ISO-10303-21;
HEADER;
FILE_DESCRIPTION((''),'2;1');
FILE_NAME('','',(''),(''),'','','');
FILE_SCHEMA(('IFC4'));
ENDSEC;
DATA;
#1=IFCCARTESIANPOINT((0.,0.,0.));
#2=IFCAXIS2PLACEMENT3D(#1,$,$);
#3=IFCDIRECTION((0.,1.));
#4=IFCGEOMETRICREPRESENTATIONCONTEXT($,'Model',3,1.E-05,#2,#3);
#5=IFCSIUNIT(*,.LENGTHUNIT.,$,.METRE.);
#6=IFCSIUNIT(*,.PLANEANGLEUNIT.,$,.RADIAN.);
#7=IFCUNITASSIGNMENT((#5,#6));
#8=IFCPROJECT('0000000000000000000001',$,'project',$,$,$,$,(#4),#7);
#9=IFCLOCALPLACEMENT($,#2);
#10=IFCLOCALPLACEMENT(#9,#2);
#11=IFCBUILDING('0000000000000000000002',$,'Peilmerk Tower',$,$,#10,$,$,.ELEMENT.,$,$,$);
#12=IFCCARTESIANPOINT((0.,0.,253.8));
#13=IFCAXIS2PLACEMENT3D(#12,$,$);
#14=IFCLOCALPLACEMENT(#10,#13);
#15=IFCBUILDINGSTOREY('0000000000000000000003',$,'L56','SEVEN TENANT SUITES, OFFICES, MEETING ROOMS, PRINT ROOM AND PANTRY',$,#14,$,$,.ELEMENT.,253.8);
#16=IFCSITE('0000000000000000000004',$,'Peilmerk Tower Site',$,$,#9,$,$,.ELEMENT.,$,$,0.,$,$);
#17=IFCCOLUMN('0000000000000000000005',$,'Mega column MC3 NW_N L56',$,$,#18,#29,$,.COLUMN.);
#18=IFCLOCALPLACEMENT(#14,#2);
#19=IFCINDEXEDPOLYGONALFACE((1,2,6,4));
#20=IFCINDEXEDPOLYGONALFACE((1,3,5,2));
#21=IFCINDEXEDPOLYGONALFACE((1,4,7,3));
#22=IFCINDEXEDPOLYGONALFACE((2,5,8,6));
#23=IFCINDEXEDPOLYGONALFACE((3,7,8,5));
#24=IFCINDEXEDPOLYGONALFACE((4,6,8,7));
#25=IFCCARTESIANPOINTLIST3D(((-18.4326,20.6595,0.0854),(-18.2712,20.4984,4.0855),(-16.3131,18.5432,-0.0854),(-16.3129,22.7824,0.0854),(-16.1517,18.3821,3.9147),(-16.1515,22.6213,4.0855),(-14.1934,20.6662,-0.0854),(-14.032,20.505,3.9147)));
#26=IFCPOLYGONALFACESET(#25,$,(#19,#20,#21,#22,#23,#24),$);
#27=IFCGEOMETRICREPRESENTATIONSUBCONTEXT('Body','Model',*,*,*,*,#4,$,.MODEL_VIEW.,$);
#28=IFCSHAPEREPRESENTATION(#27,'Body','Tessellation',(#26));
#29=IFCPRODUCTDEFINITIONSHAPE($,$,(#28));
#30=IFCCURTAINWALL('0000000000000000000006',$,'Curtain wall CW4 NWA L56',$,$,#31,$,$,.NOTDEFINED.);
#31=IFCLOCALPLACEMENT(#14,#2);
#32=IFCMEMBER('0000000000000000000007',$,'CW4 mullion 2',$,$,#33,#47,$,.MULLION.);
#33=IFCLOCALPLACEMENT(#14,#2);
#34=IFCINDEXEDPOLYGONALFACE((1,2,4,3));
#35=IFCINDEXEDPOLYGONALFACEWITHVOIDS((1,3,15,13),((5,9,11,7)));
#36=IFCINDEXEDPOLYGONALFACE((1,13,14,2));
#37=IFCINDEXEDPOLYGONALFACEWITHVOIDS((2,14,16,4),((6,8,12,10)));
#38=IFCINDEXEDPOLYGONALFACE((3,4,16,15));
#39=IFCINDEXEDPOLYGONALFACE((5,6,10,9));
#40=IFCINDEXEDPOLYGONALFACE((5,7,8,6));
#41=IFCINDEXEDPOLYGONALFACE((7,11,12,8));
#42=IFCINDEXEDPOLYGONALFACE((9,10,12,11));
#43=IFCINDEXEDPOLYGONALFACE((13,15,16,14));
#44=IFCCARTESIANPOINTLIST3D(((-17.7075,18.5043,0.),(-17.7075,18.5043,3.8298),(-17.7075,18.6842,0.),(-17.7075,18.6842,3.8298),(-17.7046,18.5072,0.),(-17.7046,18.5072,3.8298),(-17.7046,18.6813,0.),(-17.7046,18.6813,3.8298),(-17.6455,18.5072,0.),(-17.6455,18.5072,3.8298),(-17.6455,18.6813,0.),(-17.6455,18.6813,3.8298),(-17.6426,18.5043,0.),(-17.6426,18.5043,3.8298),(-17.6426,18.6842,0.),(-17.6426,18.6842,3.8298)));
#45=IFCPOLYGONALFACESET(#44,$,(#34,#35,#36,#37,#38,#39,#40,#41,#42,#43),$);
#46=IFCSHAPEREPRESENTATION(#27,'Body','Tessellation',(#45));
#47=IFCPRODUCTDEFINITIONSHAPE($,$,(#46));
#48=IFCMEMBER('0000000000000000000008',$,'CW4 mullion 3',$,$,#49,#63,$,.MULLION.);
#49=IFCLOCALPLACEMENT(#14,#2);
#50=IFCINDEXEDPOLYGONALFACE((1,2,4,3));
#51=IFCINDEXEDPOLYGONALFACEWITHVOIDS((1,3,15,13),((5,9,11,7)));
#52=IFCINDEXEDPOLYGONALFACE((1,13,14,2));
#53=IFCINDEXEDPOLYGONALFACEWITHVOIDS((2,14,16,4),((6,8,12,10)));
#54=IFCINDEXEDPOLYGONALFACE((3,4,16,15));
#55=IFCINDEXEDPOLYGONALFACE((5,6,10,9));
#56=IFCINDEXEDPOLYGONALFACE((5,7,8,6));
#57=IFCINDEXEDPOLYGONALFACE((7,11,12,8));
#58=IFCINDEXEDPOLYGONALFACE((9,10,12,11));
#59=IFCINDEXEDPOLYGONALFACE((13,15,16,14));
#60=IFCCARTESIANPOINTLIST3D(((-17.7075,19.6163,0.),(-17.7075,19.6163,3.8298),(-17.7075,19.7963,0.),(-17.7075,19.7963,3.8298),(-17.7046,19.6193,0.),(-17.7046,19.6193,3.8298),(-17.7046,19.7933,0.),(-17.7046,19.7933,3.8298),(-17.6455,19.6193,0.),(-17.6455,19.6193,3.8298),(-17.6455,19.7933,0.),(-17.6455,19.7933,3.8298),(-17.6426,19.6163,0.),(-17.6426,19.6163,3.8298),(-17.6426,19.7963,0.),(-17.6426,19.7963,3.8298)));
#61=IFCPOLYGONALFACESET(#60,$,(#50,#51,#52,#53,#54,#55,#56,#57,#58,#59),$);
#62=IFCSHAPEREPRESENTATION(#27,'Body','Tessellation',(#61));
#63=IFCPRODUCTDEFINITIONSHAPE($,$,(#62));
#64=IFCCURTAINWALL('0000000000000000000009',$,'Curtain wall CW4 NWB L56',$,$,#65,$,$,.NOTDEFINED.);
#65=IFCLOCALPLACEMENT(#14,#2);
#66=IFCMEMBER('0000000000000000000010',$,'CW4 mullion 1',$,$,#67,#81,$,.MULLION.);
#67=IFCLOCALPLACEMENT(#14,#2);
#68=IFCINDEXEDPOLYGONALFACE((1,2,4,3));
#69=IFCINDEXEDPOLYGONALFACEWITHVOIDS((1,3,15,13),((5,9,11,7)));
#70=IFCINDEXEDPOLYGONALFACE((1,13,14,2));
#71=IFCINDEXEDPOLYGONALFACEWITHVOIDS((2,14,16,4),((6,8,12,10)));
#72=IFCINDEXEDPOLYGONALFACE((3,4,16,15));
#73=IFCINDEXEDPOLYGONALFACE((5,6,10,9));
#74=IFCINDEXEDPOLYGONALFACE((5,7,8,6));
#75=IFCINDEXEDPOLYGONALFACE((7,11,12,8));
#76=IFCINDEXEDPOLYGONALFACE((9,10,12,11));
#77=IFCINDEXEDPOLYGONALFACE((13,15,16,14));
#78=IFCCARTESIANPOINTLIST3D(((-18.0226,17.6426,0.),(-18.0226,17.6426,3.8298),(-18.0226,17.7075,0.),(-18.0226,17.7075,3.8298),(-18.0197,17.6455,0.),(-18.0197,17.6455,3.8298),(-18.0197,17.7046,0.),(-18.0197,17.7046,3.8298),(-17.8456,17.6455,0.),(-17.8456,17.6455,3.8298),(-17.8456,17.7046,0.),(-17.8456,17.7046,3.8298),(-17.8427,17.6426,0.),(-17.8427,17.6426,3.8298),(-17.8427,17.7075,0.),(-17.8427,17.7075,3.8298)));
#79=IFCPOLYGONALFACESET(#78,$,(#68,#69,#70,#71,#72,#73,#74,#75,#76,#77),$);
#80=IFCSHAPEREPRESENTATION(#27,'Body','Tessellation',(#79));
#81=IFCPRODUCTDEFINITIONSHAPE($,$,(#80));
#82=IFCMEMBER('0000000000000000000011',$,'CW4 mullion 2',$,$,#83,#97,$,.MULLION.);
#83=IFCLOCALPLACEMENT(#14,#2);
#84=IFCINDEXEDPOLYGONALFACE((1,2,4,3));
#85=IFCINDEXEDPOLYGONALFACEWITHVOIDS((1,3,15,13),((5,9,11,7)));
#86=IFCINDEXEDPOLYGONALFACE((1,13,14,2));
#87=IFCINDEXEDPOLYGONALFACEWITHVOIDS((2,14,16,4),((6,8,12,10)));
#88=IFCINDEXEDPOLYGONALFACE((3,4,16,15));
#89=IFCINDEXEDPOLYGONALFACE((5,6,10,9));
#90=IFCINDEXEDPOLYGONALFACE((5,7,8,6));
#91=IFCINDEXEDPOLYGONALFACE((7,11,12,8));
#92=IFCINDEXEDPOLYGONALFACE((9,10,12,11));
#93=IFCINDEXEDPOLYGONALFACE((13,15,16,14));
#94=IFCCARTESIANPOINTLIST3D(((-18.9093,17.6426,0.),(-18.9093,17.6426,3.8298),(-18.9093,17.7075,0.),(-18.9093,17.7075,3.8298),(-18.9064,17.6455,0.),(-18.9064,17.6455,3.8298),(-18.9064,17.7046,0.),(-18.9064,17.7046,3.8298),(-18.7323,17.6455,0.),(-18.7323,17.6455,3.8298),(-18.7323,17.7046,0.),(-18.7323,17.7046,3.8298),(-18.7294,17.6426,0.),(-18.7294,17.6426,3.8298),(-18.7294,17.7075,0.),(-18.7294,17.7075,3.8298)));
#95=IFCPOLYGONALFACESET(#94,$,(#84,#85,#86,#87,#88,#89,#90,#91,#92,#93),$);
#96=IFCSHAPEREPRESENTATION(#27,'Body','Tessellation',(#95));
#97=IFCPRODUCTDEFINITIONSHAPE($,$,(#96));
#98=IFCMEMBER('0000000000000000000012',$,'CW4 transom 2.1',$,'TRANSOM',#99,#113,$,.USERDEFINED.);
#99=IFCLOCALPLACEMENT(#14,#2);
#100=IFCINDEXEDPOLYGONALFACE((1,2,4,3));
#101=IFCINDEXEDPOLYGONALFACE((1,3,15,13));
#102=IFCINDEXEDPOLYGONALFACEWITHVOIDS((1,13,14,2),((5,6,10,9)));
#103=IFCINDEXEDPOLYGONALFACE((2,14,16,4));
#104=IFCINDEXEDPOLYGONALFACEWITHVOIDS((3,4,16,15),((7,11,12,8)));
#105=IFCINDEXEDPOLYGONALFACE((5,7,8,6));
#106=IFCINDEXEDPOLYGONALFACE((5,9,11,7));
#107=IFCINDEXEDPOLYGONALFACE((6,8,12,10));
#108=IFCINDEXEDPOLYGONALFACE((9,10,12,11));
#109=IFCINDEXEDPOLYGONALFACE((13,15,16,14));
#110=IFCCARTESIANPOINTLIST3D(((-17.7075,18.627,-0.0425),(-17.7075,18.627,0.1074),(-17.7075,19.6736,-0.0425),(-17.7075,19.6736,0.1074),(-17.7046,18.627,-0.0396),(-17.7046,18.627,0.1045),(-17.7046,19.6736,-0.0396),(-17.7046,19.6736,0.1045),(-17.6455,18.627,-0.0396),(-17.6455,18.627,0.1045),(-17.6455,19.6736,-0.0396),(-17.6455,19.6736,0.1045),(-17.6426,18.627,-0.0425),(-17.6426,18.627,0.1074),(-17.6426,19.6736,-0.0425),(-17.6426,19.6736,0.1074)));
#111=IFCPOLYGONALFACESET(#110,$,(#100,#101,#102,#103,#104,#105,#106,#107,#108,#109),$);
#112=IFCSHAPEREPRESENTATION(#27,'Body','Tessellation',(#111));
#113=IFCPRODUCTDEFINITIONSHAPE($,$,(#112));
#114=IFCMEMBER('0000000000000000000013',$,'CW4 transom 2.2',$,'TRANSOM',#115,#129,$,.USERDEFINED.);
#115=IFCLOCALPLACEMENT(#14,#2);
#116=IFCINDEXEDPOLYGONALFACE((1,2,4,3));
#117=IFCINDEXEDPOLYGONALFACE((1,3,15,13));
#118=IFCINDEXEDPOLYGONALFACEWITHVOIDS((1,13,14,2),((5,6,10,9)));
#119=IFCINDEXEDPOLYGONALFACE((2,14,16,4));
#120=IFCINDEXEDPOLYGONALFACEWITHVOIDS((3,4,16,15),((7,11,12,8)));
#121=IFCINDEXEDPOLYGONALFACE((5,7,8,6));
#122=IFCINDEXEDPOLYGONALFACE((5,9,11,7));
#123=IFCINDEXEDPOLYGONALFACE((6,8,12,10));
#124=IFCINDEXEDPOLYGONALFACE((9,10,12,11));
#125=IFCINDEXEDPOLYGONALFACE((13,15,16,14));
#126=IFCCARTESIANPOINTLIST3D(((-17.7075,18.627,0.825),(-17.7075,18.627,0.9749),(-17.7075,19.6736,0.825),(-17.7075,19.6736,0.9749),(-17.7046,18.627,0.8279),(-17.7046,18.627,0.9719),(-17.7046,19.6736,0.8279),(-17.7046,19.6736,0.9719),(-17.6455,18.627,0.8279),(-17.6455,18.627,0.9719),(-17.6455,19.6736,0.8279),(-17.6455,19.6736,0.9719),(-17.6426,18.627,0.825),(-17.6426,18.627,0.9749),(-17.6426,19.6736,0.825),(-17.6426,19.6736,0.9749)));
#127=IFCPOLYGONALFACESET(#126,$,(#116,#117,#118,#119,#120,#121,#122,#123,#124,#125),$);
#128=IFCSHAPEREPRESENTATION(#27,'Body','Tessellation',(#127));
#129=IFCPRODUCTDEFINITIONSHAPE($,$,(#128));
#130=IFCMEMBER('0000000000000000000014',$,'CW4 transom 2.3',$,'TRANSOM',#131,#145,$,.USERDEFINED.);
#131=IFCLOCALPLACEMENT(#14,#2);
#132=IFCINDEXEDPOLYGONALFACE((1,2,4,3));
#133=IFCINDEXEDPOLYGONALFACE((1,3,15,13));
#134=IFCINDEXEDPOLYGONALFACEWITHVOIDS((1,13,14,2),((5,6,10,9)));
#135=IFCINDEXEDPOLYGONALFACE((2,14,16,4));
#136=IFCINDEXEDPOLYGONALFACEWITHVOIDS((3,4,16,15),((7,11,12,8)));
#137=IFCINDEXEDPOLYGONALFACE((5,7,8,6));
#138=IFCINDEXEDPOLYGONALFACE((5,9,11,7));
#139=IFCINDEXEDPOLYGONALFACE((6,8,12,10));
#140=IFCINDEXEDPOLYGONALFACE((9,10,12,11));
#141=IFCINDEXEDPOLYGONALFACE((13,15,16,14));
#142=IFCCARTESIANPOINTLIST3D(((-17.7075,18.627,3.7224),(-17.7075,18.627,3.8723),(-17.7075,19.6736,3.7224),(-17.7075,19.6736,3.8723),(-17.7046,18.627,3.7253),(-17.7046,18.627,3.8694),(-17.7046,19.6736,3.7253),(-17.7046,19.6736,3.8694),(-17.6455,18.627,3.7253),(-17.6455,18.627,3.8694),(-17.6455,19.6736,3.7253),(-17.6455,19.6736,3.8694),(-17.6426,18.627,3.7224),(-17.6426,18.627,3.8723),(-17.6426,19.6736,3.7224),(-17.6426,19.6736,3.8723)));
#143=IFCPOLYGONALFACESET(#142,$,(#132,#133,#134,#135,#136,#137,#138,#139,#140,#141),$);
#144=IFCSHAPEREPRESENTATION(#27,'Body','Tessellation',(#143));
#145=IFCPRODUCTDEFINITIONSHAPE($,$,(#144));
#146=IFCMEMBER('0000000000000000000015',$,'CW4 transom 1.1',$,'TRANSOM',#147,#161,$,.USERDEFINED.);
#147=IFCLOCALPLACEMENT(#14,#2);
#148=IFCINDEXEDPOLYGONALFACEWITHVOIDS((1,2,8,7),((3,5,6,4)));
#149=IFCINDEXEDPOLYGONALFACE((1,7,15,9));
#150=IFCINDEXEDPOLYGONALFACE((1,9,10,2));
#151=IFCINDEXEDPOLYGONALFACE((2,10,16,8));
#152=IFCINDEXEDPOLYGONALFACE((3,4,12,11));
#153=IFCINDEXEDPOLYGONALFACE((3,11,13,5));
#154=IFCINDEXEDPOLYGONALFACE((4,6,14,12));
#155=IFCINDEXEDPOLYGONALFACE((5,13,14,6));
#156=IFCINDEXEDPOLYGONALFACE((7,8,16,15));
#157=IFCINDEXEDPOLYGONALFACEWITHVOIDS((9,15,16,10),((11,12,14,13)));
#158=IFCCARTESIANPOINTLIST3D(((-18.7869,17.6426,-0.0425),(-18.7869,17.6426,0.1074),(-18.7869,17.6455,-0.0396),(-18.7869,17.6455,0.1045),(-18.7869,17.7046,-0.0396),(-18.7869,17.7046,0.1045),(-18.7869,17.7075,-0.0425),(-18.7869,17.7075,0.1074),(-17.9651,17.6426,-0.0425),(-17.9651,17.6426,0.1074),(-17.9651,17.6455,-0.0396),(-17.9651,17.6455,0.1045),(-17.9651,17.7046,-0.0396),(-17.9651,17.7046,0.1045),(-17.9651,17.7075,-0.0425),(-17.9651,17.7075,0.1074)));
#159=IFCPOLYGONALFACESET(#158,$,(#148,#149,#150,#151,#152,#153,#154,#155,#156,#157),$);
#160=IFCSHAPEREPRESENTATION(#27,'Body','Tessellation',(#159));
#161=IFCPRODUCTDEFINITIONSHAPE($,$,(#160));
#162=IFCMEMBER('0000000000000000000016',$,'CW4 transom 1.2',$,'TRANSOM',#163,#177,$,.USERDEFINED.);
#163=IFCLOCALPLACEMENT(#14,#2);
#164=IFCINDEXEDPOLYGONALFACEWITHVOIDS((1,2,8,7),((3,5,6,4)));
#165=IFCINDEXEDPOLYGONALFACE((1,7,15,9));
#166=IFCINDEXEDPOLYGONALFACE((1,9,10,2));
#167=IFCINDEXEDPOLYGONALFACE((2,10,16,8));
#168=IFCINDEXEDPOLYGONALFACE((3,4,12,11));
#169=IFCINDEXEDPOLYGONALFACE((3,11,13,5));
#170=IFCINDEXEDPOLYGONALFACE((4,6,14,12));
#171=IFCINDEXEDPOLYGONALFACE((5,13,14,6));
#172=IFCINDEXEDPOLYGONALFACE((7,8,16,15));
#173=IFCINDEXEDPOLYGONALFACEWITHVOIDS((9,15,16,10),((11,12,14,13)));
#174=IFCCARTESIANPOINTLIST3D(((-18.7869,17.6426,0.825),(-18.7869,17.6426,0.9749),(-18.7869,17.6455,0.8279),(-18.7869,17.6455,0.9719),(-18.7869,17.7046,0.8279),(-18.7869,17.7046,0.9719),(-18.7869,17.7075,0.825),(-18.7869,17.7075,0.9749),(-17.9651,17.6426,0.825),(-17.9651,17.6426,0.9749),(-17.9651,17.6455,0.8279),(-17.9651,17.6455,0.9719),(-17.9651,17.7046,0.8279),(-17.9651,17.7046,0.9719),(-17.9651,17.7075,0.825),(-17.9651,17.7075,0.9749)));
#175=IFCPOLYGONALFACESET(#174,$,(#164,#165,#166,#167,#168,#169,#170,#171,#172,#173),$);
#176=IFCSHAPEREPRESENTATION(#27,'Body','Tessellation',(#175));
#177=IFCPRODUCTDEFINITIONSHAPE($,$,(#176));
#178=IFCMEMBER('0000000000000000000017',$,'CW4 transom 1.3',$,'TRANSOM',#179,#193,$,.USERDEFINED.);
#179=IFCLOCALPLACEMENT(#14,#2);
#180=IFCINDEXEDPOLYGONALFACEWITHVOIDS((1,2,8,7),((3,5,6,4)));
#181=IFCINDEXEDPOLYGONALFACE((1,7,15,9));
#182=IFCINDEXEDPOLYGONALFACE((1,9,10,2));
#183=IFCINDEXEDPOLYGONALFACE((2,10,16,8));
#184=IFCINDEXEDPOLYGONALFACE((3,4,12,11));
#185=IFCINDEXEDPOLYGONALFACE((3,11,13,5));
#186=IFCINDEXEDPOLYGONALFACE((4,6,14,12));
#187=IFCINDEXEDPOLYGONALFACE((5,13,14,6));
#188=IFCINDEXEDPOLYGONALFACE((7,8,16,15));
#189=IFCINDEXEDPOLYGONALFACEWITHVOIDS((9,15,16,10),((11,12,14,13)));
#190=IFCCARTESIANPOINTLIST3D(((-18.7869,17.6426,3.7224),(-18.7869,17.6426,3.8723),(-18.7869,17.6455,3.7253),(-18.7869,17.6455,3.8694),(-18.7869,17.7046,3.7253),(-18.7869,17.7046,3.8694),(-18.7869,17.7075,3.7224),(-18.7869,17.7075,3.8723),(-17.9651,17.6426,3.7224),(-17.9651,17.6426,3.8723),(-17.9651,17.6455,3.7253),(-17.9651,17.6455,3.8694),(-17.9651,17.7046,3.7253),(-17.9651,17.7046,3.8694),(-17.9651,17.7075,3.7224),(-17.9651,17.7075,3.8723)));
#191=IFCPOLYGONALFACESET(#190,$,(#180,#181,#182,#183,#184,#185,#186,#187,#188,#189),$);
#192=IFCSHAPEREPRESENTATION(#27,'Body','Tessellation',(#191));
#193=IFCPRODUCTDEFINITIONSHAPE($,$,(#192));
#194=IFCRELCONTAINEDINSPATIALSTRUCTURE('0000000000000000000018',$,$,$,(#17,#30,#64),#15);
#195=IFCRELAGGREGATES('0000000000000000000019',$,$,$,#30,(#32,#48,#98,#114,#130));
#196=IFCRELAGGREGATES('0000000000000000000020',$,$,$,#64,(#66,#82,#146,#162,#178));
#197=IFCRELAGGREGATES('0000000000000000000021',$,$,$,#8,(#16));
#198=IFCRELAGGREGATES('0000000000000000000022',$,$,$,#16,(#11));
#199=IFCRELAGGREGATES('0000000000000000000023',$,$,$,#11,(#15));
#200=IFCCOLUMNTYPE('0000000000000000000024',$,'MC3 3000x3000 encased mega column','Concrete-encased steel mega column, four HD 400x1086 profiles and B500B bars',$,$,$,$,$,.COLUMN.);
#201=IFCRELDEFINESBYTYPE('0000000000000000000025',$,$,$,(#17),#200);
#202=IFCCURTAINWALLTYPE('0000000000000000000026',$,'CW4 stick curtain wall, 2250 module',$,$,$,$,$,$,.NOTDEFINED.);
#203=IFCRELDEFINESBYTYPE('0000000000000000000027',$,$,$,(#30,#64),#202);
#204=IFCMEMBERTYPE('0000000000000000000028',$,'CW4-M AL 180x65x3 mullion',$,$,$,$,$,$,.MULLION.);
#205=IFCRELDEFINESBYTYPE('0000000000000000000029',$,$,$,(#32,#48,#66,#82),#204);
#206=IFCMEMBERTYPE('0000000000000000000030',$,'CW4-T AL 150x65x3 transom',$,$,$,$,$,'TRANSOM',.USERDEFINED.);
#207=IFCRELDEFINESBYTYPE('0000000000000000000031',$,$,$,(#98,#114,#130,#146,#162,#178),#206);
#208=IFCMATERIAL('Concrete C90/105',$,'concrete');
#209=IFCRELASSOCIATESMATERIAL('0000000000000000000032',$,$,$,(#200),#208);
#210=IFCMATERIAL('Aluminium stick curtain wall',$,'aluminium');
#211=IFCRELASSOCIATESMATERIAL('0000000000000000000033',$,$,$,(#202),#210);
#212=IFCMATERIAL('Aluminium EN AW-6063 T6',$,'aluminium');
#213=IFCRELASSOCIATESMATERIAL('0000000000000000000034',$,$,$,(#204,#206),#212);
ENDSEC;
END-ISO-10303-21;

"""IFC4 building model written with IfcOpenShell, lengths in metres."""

from ifc_helpers import new_model, si_unit, direction, frame, origin, origin_2d, place, context, subcontext, project, spatial, rectangle, hollow_rectangle, extrude, material, material_profile, profile_set, type_object, element, aggregate, save


model = new_model("IFC4")

# Units and contexts
model_context = context("Model", 3, precision=1e-05, world=origin(), true_north=direction((0.0, 1.0)))
body_context = subcontext(model_context, "Body", "Model", "MODEL_VIEW")
ifc_project = project(units=[si_unit("LENGTHUNIT", "METRE"), si_unit("PLANEANGLEUNIT", "RADIAN")], contexts=[model_context])

# Site, building, storey
site_placement = place(None, origin())
site = spatial("IfcSite", under=ifc_project, at=site_placement, Name="Peilmerk Tower Site", CompositionType="ELEMENT", RefElevation=0.0)
building_placement = place(site_placement, origin())
building = spatial("IfcBuilding", under=site, at=building_placement, Name="Peilmerk Tower", CompositionType="ELEMENT")
storey_placement = place(building_placement, frame((0.0, 0.0, 253.8)))
storey = spatial("IfcBuildingStorey", under=building, at=storey_placement, Name="L56", Description="SEVEN TENANT SUITES, OFFICES, MEETING ROOMS, PRINT ROOM AND PANTRY", CompositionType="ELEMENT", Elevation=253.8)

# Column
ifc_material_1 = material(Name="Concrete C90/105", Category="concrete")
ifc_material_profile_1 = material_profile(ifc_material_1, rectangle(XDim=3.0, YDim=3.0, at=origin_2d()), Name="RC 3000x3000")
ifc_profile_set_1 = profile_set([ifc_material_profile_1], Name="Concrete C90/105")
column_type = type_object("IfcColumnType", Name="MC3 3000x3000 encased mega column", Description="Concrete-encased steel mega column, four HD 400x1086 profiles and B500B bars", PredefinedType="COLUMN", material=ifc_profile_set_1)
column_placement = place(storey_placement, frame((-16.313, 20.6628, 0.0), z_axis=(0.040279, -0.040218, 0.998379), x_axis=(0.706571, 0.707642, 0.0)))
element("IfcColumn", 1, at=column_placement, inside=storey, type_object=column_type, Name="Mega column MC3 NW_N L56", PredefinedType="COLUMN", context=body_context, shape_type="SweptSolid", body=[
    extrude(rectangle(XDim=3.0, YDim=3.0, at=origin_2d()), origin(), (0.0, 0.0, 1.0), 4.0066),
])

# Curtain walls, members
ifc_material_2 = material(Name="Aluminium stick curtain wall", Category="aluminium")
curtain_wall_type = type_object("IfcCurtainWallType", Name="CW4 stick curtain wall, 2250 module", PredefinedType="NOTDEFINED", material=ifc_material_2)
curtain_wall_1_placement = place(storey_placement, origin())
curtain_wall_1 = element("IfcCurtainWall", 2, at=curtain_wall_1_placement, inside=storey, type_object=curtain_wall_type, Name="Curtain wall CW4 NWA L56", PredefinedType="NOTDEFINED")
ifc_material_3 = material(Name="Aluminium EN AW-6063 T6", Category="aluminium")
ifc_material_profile_2 = material_profile(ifc_material_3, hollow_rectangle(XDim=0.0649, YDim=0.1799, WallThickness=0.0029, at=origin_2d()), Name="AL 180x65x3")
ifc_profile_set_2 = profile_set([ifc_material_profile_2], Name="Aluminium EN AW-6063 T6")
member_type_1 = type_object("IfcMemberType", Name="CW4-M AL 180x65x3 mullion", PredefinedType="MULLION", material=ifc_profile_set_2)
member_1_placement = place(storey_placement, frame((-17.675, 18.5942, 0.0), z_axis=(0.0, 0.0, 1.0), x_axis=(-1.0, 0.0, 0.0)))
member_1 = element("IfcMember", 3, at=member_1_placement, type_object=member_type_1, Name="CW4 mullion 2", PredefinedType="MULLION", context=body_context, shape_type="SweptSolid", body=[
    extrude(hollow_rectangle(XDim=0.0649, YDim=0.1799, WallThickness=0.0029, at=origin_2d()), origin(), (0.0, 0.0, 1.0), 3.8298),
])
member_2_placement = place(storey_placement, frame((-17.675, 19.7063, 0.0), z_axis=(0.0, 0.0, 1.0), x_axis=(-1.0, 0.0, 0.0)))
member_2 = element("IfcMember", 4, at=member_2_placement, type_object=member_type_1, Name="CW4 mullion 3", PredefinedType="MULLION", context=body_context, shape_type="SweptSolid", body=[
    extrude(hollow_rectangle(XDim=0.0649, YDim=0.1799, WallThickness=0.0029, at=origin_2d()), origin(), (0.0, 0.0, 1.0), 3.8298),
])
curtain_wall_2_placement = place(storey_placement, origin())
curtain_wall_2 = element("IfcCurtainWall", 5, at=curtain_wall_2_placement, inside=storey, type_object=curtain_wall_type, Name="Curtain wall CW4 NWB L56", PredefinedType="NOTDEFINED")
member_3_placement = place(storey_placement, frame((-17.9326, 17.675, 0.0), z_axis=(0.0, 0.0, 1.0), x_axis=(0.0, -1.0, 0.0)))
member_3 = element("IfcMember", 6, at=member_3_placement, type_object=member_type_1, Name="CW4 mullion 1", PredefinedType="MULLION", context=body_context, shape_type="SweptSolid", body=[
    extrude(hollow_rectangle(XDim=0.0649, YDim=0.1799, WallThickness=0.0029, at=origin_2d()), origin(), (0.0, 0.0, 1.0), 3.8298),
])
member_4_placement = place(storey_placement, frame((-18.8193, 17.675, 0.0), z_axis=(0.0, 0.0, 1.0), x_axis=(0.0, -1.0, 0.0)))
member_4 = element("IfcMember", 7, at=member_4_placement, type_object=member_type_1, Name="CW4 mullion 2", PredefinedType="MULLION", context=body_context, shape_type="SweptSolid", body=[
    extrude(hollow_rectangle(XDim=0.0649, YDim=0.1799, WallThickness=0.0029, at=origin_2d()), origin(), (0.0, 0.0, 1.0), 3.8298),
])

# Members
ifc_material_profile_3 = material_profile(ifc_material_3, hollow_rectangle(XDim=0.0649, YDim=0.1499, WallThickness=0.0029, at=origin_2d()), Name="AL 150x65x3")
ifc_profile_set_3 = profile_set([ifc_material_profile_3], Name="Aluminium EN AW-6063 T6")
member_type_2 = type_object("IfcMemberType", Name="CW4-T AL 150x65x3 transom", ElementType="TRANSOM", PredefinedType="USERDEFINED", material=ifc_profile_set_3)
member_5_placement = place(storey_placement, frame((-17.675, 18.627, 0.0325), z_axis=(0.0, 1.0, 0.0), x_axis=(-1.0, 0.0, 0.0)))
member_5 = element("IfcMember", 8, at=member_5_placement, type_object=member_type_2, Name="CW4 transom 2.1", ObjectType="TRANSOM", PredefinedType="USERDEFINED", context=body_context, shape_type="SweptSolid", body=[
    extrude(hollow_rectangle(XDim=0.0649, YDim=0.1499, WallThickness=0.0029, at=origin_2d()), origin(), (0.0, 0.0, 1.0), 1.0466),
])
member_6_placement = place(storey_placement, frame((-17.675, 18.627, 0.8999), z_axis=(0.0, 1.0, 0.0), x_axis=(-1.0, 0.0, 0.0)))
member_6 = element("IfcMember", 9, at=member_6_placement, type_object=member_type_2, Name="CW4 transom 2.2", ObjectType="TRANSOM", PredefinedType="USERDEFINED", context=body_context, shape_type="SweptSolid", body=[
    extrude(hollow_rectangle(XDim=0.0649, YDim=0.1499, WallThickness=0.0029, at=origin_2d()), origin(), (0.0, 0.0, 1.0), 1.0466),
])
member_7_placement = place(storey_placement, frame((-17.675, 18.627, 3.7974), z_axis=(0.0, 1.0, 0.0), x_axis=(-1.0, 0.0, 0.0)))
member_7 = element("IfcMember", 10, at=member_7_placement, type_object=member_type_2, Name="CW4 transom 2.3", ObjectType="TRANSOM", PredefinedType="USERDEFINED", context=body_context, shape_type="SweptSolid", body=[
    extrude(hollow_rectangle(XDim=0.0649, YDim=0.1499, WallThickness=0.0029, at=origin_2d()), origin(), (0.0, 0.0, 1.0), 1.0466),
])
member_8_placement = place(storey_placement, frame((-17.9651, 17.675, 0.0325), z_axis=(-1.0, 0.0, 0.0), x_axis=(0.0, -1.0, 0.0)))
member_8 = element("IfcMember", 11, at=member_8_placement, type_object=member_type_2, Name="CW4 transom 1.1", ObjectType="TRANSOM", PredefinedType="USERDEFINED", context=body_context, shape_type="SweptSolid", body=[
    extrude(hollow_rectangle(XDim=0.0649, YDim=0.1499, WallThickness=0.0029, at=origin_2d()), origin(), (0.0, 0.0, 1.0), 0.8218),
])
member_9_placement = place(storey_placement, frame((-17.9651, 17.675, 0.8999), z_axis=(-1.0, 0.0, 0.0), x_axis=(0.0, -1.0, 0.0)))
member_9 = element("IfcMember", 12, at=member_9_placement, type_object=member_type_2, Name="CW4 transom 1.2", ObjectType="TRANSOM", PredefinedType="USERDEFINED", context=body_context, shape_type="SweptSolid", body=[
    extrude(hollow_rectangle(XDim=0.0649, YDim=0.1499, WallThickness=0.0029, at=origin_2d()), origin(), (0.0, 0.0, 1.0), 0.8218),
])
member_10_placement = place(storey_placement, frame((-17.9651, 17.675, 3.7974), z_axis=(-1.0, 0.0, 0.0), x_axis=(0.0, -1.0, 0.0)))
member_10 = element("IfcMember", 13, at=member_10_placement, type_object=member_type_2, Name="CW4 transom 1.3", ObjectType="TRANSOM", PredefinedType="USERDEFINED", context=body_context, shape_type="SweptSolid", body=[
    extrude(hollow_rectangle(XDim=0.0649, YDim=0.1499, WallThickness=0.0029, at=origin_2d()), origin(), (0.0, 0.0, 1.0), 0.8218),
])

aggregate(curtain_wall_1, [member_1, member_2, member_5, member_6, member_7])
aggregate(curtain_wall_2, [member_3, member_4, member_8, member_9, member_10])

save(model, "model.ifc")
